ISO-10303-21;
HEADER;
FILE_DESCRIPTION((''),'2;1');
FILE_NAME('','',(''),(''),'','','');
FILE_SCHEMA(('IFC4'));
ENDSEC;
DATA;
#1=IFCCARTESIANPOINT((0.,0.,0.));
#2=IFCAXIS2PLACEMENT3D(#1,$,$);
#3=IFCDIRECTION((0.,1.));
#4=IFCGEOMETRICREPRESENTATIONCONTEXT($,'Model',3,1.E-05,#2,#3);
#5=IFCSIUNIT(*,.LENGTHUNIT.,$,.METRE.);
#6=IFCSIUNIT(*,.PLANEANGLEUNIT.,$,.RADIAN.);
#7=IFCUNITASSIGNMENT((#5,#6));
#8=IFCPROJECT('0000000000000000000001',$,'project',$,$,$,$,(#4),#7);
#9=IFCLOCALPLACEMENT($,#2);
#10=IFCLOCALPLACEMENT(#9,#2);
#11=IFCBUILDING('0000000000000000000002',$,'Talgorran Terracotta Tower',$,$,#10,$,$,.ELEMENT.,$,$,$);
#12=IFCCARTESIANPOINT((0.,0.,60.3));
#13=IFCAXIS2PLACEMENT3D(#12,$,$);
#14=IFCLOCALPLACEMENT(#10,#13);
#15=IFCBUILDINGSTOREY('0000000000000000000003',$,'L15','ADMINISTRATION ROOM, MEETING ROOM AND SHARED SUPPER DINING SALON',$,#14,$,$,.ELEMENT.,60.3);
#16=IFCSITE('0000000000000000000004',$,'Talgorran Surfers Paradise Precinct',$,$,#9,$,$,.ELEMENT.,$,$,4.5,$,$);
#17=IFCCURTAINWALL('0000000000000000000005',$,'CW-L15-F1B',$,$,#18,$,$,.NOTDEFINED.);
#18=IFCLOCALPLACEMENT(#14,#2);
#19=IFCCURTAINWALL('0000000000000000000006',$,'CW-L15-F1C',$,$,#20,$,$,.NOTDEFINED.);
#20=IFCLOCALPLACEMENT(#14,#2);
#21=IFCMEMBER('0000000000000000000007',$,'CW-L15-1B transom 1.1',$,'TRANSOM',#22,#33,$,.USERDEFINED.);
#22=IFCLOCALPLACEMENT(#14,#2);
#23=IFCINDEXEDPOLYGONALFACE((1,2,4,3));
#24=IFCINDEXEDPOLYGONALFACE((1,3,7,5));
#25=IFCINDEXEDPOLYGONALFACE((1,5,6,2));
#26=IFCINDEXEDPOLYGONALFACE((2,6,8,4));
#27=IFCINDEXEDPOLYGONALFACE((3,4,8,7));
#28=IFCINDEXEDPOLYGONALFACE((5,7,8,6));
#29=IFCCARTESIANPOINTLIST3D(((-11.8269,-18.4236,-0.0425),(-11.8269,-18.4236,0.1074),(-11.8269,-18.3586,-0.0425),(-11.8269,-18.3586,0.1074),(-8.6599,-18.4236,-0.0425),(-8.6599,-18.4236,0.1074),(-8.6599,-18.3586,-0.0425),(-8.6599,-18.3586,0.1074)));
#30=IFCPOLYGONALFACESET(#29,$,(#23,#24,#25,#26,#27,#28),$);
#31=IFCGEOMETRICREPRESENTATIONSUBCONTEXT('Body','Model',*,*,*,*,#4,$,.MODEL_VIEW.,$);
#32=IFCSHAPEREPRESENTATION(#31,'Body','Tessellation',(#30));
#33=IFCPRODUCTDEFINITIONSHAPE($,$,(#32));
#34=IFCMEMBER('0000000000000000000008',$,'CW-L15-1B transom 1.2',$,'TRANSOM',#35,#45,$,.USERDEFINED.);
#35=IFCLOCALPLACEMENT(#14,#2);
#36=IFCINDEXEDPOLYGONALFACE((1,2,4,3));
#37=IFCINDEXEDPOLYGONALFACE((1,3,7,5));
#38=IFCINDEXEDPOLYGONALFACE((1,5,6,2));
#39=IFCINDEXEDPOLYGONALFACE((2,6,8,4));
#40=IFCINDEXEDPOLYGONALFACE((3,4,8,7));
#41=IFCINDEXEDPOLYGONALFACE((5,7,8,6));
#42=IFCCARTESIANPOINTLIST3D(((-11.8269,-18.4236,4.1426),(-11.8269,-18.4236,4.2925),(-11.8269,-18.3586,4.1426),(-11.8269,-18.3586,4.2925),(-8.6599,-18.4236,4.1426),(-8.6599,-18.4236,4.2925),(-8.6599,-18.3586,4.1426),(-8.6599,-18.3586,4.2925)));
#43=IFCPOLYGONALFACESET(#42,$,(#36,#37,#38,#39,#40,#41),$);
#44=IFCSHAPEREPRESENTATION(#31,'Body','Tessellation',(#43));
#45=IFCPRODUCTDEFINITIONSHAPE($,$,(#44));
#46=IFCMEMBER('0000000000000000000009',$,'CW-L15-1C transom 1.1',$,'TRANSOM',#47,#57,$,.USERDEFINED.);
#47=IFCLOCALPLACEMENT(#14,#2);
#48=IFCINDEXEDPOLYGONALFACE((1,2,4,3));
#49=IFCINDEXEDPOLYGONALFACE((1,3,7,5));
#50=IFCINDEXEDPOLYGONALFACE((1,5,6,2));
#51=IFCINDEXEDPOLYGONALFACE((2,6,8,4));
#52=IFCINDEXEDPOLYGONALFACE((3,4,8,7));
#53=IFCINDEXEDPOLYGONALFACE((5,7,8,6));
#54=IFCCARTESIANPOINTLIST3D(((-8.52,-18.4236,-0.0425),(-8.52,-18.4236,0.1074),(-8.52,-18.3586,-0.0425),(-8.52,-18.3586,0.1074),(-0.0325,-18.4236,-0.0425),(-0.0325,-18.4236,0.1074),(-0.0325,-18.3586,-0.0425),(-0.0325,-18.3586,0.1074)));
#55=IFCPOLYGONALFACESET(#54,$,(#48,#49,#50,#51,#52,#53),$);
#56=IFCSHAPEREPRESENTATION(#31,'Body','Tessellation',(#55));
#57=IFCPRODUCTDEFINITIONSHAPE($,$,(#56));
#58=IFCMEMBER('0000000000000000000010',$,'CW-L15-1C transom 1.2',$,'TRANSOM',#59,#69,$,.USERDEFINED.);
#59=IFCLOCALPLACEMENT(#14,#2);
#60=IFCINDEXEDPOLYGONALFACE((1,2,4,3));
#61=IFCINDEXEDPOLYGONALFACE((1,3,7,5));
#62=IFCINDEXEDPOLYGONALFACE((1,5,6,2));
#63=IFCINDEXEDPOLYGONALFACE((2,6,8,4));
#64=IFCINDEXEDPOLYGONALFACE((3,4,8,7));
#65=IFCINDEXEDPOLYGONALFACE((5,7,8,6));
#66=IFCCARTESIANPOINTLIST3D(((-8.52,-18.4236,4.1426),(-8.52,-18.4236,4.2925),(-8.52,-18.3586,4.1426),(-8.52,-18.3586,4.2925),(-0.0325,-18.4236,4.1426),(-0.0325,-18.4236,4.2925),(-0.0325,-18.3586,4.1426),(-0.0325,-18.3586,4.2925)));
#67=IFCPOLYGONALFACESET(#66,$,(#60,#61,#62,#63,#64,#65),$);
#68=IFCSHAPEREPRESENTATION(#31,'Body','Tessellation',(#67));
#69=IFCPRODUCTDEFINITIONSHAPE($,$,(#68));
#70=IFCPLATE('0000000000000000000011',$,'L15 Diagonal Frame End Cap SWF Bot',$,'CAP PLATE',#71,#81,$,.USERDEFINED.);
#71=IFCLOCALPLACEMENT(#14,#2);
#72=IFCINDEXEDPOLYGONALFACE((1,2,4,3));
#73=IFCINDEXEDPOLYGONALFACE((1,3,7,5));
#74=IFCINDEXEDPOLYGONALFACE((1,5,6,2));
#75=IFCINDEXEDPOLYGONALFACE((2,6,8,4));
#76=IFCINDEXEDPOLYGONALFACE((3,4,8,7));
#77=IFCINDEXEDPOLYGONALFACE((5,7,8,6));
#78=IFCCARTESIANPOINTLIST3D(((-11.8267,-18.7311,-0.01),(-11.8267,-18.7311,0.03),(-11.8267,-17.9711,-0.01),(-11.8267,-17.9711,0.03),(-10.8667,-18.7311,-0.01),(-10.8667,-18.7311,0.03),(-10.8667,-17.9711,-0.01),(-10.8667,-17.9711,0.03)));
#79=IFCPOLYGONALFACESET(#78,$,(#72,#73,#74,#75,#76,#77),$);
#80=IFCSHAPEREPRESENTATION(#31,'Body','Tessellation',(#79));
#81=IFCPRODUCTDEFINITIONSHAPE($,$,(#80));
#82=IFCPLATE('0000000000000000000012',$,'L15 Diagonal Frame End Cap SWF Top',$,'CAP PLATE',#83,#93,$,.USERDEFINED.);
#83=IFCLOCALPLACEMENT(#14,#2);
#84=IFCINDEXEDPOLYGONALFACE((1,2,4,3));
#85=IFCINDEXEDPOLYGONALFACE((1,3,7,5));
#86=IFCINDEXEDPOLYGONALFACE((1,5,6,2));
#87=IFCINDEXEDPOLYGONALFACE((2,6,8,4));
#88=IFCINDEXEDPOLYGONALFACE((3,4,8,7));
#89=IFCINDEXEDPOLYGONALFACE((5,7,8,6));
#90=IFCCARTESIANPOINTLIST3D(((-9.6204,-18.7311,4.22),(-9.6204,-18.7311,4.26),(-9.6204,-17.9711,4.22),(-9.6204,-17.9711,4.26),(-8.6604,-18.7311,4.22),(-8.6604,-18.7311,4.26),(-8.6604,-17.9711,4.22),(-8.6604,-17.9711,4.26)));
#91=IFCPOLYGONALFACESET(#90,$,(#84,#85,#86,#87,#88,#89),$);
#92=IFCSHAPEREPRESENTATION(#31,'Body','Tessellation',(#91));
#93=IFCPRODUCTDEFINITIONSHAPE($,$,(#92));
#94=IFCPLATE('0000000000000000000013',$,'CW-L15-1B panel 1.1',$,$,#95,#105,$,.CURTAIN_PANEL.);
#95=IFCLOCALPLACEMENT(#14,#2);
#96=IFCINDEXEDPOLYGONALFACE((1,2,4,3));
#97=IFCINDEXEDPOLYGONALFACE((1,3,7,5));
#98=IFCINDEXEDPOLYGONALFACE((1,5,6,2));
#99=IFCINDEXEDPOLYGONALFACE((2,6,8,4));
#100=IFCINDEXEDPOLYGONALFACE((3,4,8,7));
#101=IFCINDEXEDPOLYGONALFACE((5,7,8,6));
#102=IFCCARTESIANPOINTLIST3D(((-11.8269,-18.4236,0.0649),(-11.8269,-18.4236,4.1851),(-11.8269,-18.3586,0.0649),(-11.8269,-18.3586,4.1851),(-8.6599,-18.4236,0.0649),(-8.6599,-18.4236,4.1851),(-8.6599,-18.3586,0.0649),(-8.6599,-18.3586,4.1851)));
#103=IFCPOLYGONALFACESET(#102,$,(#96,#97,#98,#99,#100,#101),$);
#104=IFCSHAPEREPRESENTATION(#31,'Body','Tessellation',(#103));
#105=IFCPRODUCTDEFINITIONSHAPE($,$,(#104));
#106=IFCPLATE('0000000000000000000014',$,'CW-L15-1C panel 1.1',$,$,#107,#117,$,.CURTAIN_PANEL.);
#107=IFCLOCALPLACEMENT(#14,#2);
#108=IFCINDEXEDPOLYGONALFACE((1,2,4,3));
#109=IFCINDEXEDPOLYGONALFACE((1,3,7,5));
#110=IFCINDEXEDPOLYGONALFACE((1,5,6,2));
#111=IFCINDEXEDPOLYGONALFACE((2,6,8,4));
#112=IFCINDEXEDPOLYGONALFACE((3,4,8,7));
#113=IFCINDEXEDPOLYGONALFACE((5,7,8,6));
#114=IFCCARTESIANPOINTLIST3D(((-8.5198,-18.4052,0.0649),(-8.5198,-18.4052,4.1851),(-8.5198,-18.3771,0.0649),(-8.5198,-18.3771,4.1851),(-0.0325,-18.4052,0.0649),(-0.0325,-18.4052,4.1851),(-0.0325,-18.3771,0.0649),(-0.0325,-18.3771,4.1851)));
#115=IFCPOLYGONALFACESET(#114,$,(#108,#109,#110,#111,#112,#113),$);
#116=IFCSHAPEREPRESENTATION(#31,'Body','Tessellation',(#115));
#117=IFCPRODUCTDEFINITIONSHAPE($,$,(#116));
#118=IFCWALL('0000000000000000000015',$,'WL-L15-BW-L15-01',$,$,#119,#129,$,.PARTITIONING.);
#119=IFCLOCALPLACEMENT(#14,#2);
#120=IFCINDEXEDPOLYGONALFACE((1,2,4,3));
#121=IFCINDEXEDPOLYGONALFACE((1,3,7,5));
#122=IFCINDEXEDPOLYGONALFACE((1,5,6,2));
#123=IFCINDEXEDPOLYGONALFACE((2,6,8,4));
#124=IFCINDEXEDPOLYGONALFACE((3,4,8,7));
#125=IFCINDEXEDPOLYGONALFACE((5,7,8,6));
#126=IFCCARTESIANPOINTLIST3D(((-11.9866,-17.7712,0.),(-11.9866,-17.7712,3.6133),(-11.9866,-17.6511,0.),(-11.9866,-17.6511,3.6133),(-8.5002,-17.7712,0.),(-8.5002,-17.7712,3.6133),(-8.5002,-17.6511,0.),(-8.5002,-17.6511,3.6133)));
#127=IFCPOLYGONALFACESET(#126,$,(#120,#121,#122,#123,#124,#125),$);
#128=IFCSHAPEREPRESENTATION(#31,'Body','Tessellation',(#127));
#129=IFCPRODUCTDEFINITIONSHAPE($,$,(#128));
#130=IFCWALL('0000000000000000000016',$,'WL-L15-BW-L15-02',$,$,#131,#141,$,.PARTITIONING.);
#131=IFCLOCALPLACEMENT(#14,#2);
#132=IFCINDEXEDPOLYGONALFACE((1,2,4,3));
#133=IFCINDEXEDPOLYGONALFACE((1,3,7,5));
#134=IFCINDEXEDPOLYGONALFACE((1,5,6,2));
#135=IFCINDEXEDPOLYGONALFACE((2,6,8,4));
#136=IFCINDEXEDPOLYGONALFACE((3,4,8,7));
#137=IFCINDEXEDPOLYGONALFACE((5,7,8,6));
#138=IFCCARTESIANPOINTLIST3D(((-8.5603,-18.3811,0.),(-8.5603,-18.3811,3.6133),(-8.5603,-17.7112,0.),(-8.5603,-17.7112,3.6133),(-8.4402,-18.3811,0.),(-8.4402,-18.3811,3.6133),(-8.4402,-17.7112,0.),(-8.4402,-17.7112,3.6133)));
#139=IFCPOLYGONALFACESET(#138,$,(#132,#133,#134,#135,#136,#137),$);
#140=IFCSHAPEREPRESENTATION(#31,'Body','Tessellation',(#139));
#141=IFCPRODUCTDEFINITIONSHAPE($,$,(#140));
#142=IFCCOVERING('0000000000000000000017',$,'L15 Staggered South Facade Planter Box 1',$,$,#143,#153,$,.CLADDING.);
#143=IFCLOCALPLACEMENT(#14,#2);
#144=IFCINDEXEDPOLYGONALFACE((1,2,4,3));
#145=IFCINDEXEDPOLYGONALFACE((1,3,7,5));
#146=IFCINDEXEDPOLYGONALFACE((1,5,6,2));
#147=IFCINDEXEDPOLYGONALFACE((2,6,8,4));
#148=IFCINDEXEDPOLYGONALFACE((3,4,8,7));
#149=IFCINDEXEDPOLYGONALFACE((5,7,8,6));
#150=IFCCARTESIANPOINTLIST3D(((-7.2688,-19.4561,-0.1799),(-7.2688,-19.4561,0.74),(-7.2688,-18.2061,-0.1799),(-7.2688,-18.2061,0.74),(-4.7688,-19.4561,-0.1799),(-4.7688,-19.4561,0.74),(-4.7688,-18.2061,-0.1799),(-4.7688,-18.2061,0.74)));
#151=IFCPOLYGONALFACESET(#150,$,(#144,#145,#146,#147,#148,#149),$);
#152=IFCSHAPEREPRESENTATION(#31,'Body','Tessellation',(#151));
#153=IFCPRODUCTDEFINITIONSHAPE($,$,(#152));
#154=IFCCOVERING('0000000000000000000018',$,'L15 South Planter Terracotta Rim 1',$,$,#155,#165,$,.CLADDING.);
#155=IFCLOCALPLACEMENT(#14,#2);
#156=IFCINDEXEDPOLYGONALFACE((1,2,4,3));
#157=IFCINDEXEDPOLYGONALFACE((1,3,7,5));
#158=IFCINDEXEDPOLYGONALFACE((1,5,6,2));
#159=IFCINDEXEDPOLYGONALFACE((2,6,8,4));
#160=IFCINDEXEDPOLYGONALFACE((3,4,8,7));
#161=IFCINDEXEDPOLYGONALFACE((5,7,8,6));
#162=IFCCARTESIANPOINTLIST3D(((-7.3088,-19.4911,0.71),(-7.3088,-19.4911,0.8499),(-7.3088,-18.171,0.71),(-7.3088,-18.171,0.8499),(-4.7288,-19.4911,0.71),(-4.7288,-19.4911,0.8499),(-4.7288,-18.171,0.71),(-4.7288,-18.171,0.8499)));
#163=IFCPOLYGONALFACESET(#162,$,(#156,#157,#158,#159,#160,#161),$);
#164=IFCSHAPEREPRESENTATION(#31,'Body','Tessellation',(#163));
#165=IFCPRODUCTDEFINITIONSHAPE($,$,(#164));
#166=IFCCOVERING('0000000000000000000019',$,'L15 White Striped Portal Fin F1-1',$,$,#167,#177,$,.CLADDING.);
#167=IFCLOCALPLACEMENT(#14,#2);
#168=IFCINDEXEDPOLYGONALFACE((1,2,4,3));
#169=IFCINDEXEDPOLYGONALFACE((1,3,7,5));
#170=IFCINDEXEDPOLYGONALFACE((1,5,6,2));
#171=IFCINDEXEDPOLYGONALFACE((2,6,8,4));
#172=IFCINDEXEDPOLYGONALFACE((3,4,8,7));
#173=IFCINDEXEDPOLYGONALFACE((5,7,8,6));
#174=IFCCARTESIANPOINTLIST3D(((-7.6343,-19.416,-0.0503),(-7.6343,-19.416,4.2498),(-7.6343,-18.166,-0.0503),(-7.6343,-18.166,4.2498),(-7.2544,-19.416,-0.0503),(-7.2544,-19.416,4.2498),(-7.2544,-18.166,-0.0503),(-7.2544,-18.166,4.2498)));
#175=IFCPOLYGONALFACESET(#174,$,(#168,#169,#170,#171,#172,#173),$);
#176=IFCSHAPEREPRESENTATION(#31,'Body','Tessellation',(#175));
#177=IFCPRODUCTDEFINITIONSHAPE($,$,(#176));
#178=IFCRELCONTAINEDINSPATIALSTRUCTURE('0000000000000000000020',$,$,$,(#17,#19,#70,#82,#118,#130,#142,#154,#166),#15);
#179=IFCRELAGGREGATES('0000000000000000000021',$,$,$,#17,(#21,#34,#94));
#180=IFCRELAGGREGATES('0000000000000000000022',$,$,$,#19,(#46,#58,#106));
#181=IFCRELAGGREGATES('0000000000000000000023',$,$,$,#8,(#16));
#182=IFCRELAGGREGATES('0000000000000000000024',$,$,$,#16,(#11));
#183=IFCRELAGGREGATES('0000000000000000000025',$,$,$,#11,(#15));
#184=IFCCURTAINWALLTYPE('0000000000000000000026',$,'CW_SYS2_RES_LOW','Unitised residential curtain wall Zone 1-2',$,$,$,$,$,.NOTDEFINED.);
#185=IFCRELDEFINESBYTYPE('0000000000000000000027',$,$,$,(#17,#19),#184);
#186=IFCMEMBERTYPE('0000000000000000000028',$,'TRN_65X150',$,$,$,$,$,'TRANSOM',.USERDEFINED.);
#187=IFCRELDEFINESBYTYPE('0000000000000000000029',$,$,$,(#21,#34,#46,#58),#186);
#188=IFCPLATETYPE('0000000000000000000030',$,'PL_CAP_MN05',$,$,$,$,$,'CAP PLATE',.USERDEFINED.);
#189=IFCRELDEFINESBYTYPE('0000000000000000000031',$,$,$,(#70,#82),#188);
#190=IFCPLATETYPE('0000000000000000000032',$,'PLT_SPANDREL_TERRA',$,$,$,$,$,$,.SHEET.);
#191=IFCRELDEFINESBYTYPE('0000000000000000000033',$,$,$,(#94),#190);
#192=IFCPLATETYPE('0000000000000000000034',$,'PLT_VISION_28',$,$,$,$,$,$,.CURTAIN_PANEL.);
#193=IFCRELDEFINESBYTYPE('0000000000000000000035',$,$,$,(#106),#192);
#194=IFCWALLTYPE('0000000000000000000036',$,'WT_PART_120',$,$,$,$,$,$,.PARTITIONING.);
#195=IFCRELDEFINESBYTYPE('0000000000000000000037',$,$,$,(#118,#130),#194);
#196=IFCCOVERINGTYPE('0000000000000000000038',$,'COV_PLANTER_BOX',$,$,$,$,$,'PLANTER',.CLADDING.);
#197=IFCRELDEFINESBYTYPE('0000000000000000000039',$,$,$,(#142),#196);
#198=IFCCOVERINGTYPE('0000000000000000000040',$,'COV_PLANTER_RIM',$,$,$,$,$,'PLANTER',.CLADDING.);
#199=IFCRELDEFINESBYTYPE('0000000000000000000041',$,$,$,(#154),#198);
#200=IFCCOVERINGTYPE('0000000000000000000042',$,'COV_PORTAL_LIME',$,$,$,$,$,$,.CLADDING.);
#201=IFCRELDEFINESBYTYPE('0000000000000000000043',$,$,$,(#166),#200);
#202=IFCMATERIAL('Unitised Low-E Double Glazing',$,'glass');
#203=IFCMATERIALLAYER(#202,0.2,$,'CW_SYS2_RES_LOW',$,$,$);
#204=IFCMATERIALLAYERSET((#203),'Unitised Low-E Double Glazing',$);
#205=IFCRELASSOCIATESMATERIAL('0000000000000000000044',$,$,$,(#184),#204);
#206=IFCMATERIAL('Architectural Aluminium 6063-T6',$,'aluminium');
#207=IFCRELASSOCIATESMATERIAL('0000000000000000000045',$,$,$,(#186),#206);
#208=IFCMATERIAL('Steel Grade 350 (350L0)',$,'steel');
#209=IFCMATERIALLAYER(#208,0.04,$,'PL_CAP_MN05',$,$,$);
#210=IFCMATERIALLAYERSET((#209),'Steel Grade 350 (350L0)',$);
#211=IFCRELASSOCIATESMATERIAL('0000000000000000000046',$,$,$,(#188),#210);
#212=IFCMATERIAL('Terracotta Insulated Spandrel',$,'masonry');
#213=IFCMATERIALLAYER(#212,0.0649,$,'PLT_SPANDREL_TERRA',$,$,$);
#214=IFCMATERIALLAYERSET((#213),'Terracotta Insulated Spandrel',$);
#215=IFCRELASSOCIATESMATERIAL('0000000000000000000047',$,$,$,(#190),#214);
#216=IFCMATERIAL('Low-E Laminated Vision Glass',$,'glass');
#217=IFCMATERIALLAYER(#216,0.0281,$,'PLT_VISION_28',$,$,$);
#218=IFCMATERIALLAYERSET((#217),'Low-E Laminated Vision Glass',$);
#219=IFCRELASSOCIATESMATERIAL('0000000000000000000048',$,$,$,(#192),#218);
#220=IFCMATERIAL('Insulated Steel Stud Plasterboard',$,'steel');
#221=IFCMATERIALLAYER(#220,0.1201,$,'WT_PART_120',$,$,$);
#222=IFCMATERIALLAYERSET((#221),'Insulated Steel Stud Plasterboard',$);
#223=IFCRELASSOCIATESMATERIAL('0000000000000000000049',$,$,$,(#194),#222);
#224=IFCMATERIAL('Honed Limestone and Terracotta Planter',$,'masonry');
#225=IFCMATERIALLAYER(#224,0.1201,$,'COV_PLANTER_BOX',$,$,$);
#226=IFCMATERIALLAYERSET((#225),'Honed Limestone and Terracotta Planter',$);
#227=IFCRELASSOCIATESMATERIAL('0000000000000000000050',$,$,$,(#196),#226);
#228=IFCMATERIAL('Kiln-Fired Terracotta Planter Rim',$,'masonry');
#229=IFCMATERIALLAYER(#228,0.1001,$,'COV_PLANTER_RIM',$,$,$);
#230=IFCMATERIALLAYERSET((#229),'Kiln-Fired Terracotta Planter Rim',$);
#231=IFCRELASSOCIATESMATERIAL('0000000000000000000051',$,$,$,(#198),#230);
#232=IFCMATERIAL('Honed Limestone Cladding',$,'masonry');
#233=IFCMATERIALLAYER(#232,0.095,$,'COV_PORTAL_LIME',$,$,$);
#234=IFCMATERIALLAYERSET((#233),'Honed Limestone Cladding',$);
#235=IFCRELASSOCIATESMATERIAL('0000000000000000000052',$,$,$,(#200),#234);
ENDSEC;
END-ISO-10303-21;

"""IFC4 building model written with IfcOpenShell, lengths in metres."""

from ifc_helpers import new_model, si_unit, direction, frame, frame_2d, origin, origin_2d, place, context, subcontext, project, spatial, rectangle, extrude, source, transform, mapped, material, layer, layer_set, material_profile, profile_set, type_object, type_shapes, element, aggregate, save


model = new_model("IFC4")

# Units and contexts
model_context = context("Model", 3, precision=1e-05, world=origin(), true_north=direction((0.0, 1.0)))
body_context = subcontext(model_context, "Body", "Model", "MODEL_VIEW")
ifc_project = project(units=[si_unit("LENGTHUNIT", "METRE"), si_unit("PLANEANGLEUNIT", "RADIAN")], contexts=[model_context])

# Site, building, storey
site_placement = place(None, origin())
site = spatial("IfcSite", under=ifc_project, at=site_placement, Name="Talgorran Surfers Paradise Precinct", CompositionType="ELEMENT", RefElevation=4.5)
building_placement = place(site_placement, origin())
building = spatial("IfcBuilding", under=site, at=building_placement, Name="Talgorran Terracotta Tower", CompositionType="ELEMENT")
storey_placement = place(building_placement, frame((0.0, 0.0, 60.3)))
storey = spatial("IfcBuildingStorey", under=building, at=storey_placement, Name="L15", Description="ADMINISTRATION ROOM, MEETING ROOM AND SHARED SUPPER DINING SALON", CompositionType="ELEMENT", Elevation=60.3)

# Shared definitions
ifc_material_1 = material(Name="Steel Grade 350 (350L0)", Category="steel")

# Shared definitions
ifc_material_2 = material(Name="Unitised Low-E Double Glazing", Category="glass")
ifc_layer_1 = layer(ifc_material_2, 0.2, Name="CW_SYS2_RES_LOW")
ifc_layer_set_1 = layer_set([ifc_layer_1], Name="Unitised Low-E Double Glazing")
curtain_wall_type = type_object("IfcCurtainWallType", Name="CW_SYS2_RES_LOW", Description="Unitised residential curtain wall Zone 1-2", PredefinedType="NOTDEFINED", material=ifc_layer_set_1)
ifc_material_3 = material(Name="Architectural Aluminium 6063-T6", Category="aluminium")

# Curtain wall
curtain_wall_1_placement = place(storey_placement, origin())
curtain_wall_1 = element("IfcCurtainWall", 1, at=curtain_wall_1_placement, inside=storey, type_object=curtain_wall_type, Name="CW-L15-F1B", PredefinedType="NOTDEFINED")

# Curtain wall
curtain_wall_2_placement = place(storey_placement, origin())
curtain_wall_2 = element("IfcCurtainWall", 2, at=curtain_wall_2_placement, inside=storey, type_object=curtain_wall_type, Name="CW-L15-F1C", PredefinedType="NOTDEFINED")

# Members
ifc_material_profile_1 = material_profile(ifc_material_3, rectangle(XDim=0.0649, YDim=0.1499, at=origin_2d()), Name="CWT65X150")
ifc_profile_set_1 = profile_set([ifc_material_profile_1], Name="Architectural Aluminium 6063-T6")
member_type_1 = type_object("IfcMemberType", Name="TRN_65X150", ElementType="TRANSOM", PredefinedType="USERDEFINED", material=ifc_profile_set_1)
member_1_placement = place(storey_placement, frame((-11.8269, -18.3911, 0.0325), z_axis=(1.0, 0.0, 0.0), x_axis=(0.0, 1.0, 0.0)))
member_1 = element("IfcMember", 3, at=member_1_placement, type_object=member_type_1, Name="CW-L15-1B transom 1.1", ObjectType="TRANSOM", PredefinedType="USERDEFINED", context=body_context, shape_type="SweptSolid", body=[
    extrude(rectangle(XDim=0.0649, YDim=0.1499, at=origin_2d()), origin(), (0.0, 0.0, 1.0), 3.167),
])
member_2_placement = place(storey_placement, frame((-11.8269, -18.3911, 4.2175), z_axis=(1.0, 0.0, 0.0), x_axis=(0.0, 1.0, 0.0)))
member_2 = element("IfcMember", 4, at=member_2_placement, type_object=member_type_1, Name="CW-L15-1B transom 1.2", ObjectType="TRANSOM", PredefinedType="USERDEFINED", context=body_context, shape_type="SweptSolid", body=[
    extrude(rectangle(XDim=0.0649, YDim=0.1499, at=origin_2d()), origin(), (0.0, 0.0, 1.0), 3.167),
])
member_3_placement = place(storey_placement, frame((-8.52, -18.3911, 0.0325), z_axis=(1.0, 0.0, 0.0), x_axis=(0.0, 1.0, 0.0)))
member_3 = element("IfcMember", 5, at=member_3_placement, type_object=member_type_1, Name="CW-L15-1C transom 1.1", ObjectType="TRANSOM", PredefinedType="USERDEFINED", context=body_context, shape_type="SweptSolid", body=[
    extrude(rectangle(XDim=0.0649, YDim=0.1499, at=origin_2d()), origin(), (0.0, 0.0, 1.0), 8.4875),
])
member_4_placement = place(storey_placement, frame((-8.52, -18.3911, 4.2175), z_axis=(1.0, 0.0, 0.0), x_axis=(0.0, 1.0, 0.0)))
member_4 = element("IfcMember", 6, at=member_4_placement, type_object=member_type_1, Name="CW-L15-1C transom 1.2", ObjectType="TRANSOM", PredefinedType="USERDEFINED", context=body_context, shape_type="SweptSolid", body=[
    extrude(rectangle(XDim=0.0649, YDim=0.1499, at=origin_2d()), origin(), (0.0, 0.0, 1.0), 8.4875),
])

# Plates
ifc_layer_2 = layer(ifc_material_1, 0.04, Name="PL_CAP_MN05")
ifc_layer_set_2 = layer_set([ifc_layer_2], Name="Steel Grade 350 (350L0)")
plate_type_1 = type_object("IfcPlateType", Name="PL_CAP_MN05", ElementType="CAP PLATE", PredefinedType="USERDEFINED", material=ifc_layer_set_2)
for number, where, z_axis, x_axis, name in (
    (7, (-11.3467, -18.3511, -0.01), (0.0, 0.0, 1.0), (1.0, 0.0, 0.0), "L15 Diagonal Frame End Cap SWF Bot"),
    (8, (-9.1404, -18.3511, 4.22), (0.0, 0.0, 1.0), (1.0, 0.0, 0.0), "L15 Diagonal Frame End Cap SWF Top"),
):
    element("IfcPlate", number, at=place(storey_placement, frame(where, z_axis=z_axis, x_axis=x_axis)), inside=storey, type_object=plate_type_1, Name=name, ObjectType="CAP PLATE", PredefinedType="USERDEFINED", context=body_context, shape_type="SweptSolid", body=[
        extrude(rectangle(XDim=0.96, YDim=0.76, at=origin_2d()), origin(), (0.0, 0.0, 1.0), 0.04),
    ])

# Plates
ifc_material_4 = material(Name="Terracotta Insulated Spandrel", Category="masonry")
ifc_layer_3 = layer(ifc_material_4, 0.0649, Name="PLT_SPANDREL_TERRA")
ifc_layer_set_3 = layer_set([ifc_layer_3], Name="Terracotta Insulated Spandrel")
plate_type_2 = type_object("IfcPlateType", Name="PLT_SPANDREL_TERRA", PredefinedType="SHEET", material=ifc_layer_set_3)
shared_shape_1 = source(origin(), body_context, "Body", "SweptSolid", [
    extrude(rectangle(XDim=3.167, YDim=0.0649, at=origin_2d()), origin(), (0.0, 0.0, 1.0), 4.1201),
])
type_shapes(plate_type_2, [shared_shape_1])
plate_1_placement = place(storey_placement, frame((-10.2434, -18.3911, 0.0649), z_axis=(0.0, 0.0, 1.0), x_axis=(1.0, 0.0, 0.0)))
plate_1 = element("IfcPlate", 9, at=plate_1_placement, type_object=plate_type_2, Name="CW-L15-1B panel 1.1", PredefinedType="CURTAIN_PANEL", context=body_context, shape_type="MappedRepresentation", body=[
    mapped(shared_shape_1, transform((0.0, 0.0, 0.0), scale=1.0)),
])
aggregate(curtain_wall_1, [member_1, member_2, plate_1])
ifc_material_5 = material(Name="Low-E Laminated Vision Glass", Category="glass")
ifc_layer_4 = layer(ifc_material_5, 0.0281, Name="PLT_VISION_28")
ifc_layer_set_4 = layer_set([ifc_layer_4], Name="Low-E Laminated Vision Glass")
plate_type_3 = type_object("IfcPlateType", Name="PLT_VISION_28", PredefinedType="CURTAIN_PANEL", material=ifc_layer_set_4)
shared_shape_2 = source(origin(), body_context, "Body", "SweptSolid", [
    extrude(rectangle(XDim=8.4873, YDim=0.0281, at=origin_2d()), origin(), (0.0, 0.0, 1.0), 4.1201),
])
type_shapes(plate_type_3, [shared_shape_2])
plate_2_placement = place(storey_placement, frame((-4.2761, -18.3911, 0.0649), z_axis=(0.0, 0.0, 1.0), x_axis=(1.0, 0.0, 0.0)))
plate_2 = element("IfcPlate", 10, at=plate_2_placement, type_object=plate_type_3, Name="CW-L15-1C panel 1.1", PredefinedType="CURTAIN_PANEL", context=body_context, shape_type="MappedRepresentation", body=[
    mapped(shared_shape_2, transform((0.0, 0.0, 0.0), scale=1.0)),
])
aggregate(curtain_wall_2, [member_3, member_4, plate_2])

# Walls
ifc_material_6 = material(Name="Insulated Steel Stud Plasterboard", Category="steel")
ifc_layer_5 = layer(ifc_material_6, 0.1201, Name="WT_PART_120")
ifc_layer_set_5 = layer_set([ifc_layer_5], Name="Insulated Steel Stud Plasterboard")
wall_type = type_object("IfcWallType", Name="WT_PART_120", PredefinedType="PARTITIONING", material=ifc_layer_set_5)
wall_1_placement = place(storey_placement, frame((-11.9866, -17.7112, 0.0), z_axis=(0.0, 0.0, 1.0), x_axis=(1.0, 0.0, 0.0)))
element("IfcWall", 11, at=wall_1_placement, inside=storey, type_object=wall_type, Name="WL-L15-BW-L15-01", PredefinedType="PARTITIONING", context=body_context, shape_type="SweptSolid", body=[
    extrude(rectangle(XDim=3.4863, YDim=0.1201, at=frame_2d((1.7432, 0.0))), origin(), (0.0, 0.0, 1.0), 3.6133),
])
wall_2_placement = place(storey_placement, frame((-8.5002, -17.7112, 0.0), z_axis=(0.0, 0.0, 1.0), x_axis=(0.0, -1.0, 0.0)))
element("IfcWall", 12, at=wall_2_placement, inside=storey, type_object=wall_type, Name="WL-L15-BW-L15-02", PredefinedType="PARTITIONING", context=body_context, shape_type="SweptSolid", body=[
    extrude(rectangle(XDim=0.6699, YDim=0.1201, at=frame_2d((0.335, 0.0))), origin(), (0.0, 0.0, 1.0), 3.6133),
])

# Coverings
ifc_material_7 = material(Name="Honed Limestone and Terracotta Planter", Category="masonry")
ifc_layer_6 = layer(ifc_material_7, 0.1201, Name="COV_PLANTER_BOX")
ifc_layer_set_6 = layer_set([ifc_layer_6], Name="Honed Limestone and Terracotta Planter")
covering_type_1 = type_object("IfcCoveringType", Name="COV_PLANTER_BOX", ElementType="PLANTER", PredefinedType="CLADDING", material=ifc_layer_set_6)
covering_1_placement = place(storey_placement, frame((-6.0188, -18.8311, -0.1799), z_axis=(0.0, 0.0, 1.0), x_axis=(1.0, 0.0, 0.0)))
element("IfcCovering", 13, at=covering_1_placement, inside=storey, type_object=covering_type_1, Name="L15 Staggered South Facade Planter Box 1", PredefinedType="CLADDING", context=body_context, shape_type="SweptSolid", body=[
    extrude(rectangle(XDim=2.5, YDim=1.25, at=origin_2d()), origin(), (0.0, 0.0, 1.0), 0.9199),
])
ifc_material_8 = material(Name="Kiln-Fired Terracotta Planter Rim", Category="masonry")
ifc_layer_7 = layer(ifc_material_8, 0.1001, Name="COV_PLANTER_RIM")
ifc_layer_set_7 = layer_set([ifc_layer_7], Name="Kiln-Fired Terracotta Planter Rim")
covering_type_2 = type_object("IfcCoveringType", Name="COV_PLANTER_RIM", ElementType="PLANTER", PredefinedType="CLADDING", material=ifc_layer_set_7)
covering_2_placement = place(storey_placement, frame((-6.0188, -18.8311, 0.71), z_axis=(0.0, 0.0, 1.0), x_axis=(1.0, 0.0, 0.0)))
element("IfcCovering", 14, at=covering_2_placement, inside=storey, type_object=covering_type_2, Name="L15 South Planter Terracotta Rim 1", PredefinedType="CLADDING", context=body_context, shape_type="SweptSolid", body=[
    extrude(rectangle(XDim=2.5801, YDim=1.3201, at=origin_2d()), origin(), (0.0, 0.0, 1.0), 0.1399),
])
ifc_material_9 = material(Name="Honed Limestone Cladding", Category="masonry")
ifc_layer_8 = layer(ifc_material_9, 0.095, Name="COV_PORTAL_LIME")
ifc_layer_set_8 = layer_set([ifc_layer_8], Name="Honed Limestone Cladding")
covering_type_3 = type_object("IfcCoveringType", Name="COV_PORTAL_LIME", PredefinedType="CLADDING", material=ifc_layer_set_8)
covering_3_placement = place(storey_placement, frame((-7.4443, -18.791, -0.0503), z_axis=(0.0, 0.0, 1.0), x_axis=(1.0, 0.0, 0.0)))
element("IfcCovering", 15, at=covering_3_placement, inside=storey, type_object=covering_type_3, Name="L15 White Striped Portal Fin F1-1", PredefinedType="CLADDING", context=body_context, shape_type="SweptSolid", body=[
    extrude(rectangle(XDim=0.3799, YDim=1.25, at=origin_2d()), origin(), (0.0, 0.0, 1.0), 4.3),
])

save(model, "model.ifc")
